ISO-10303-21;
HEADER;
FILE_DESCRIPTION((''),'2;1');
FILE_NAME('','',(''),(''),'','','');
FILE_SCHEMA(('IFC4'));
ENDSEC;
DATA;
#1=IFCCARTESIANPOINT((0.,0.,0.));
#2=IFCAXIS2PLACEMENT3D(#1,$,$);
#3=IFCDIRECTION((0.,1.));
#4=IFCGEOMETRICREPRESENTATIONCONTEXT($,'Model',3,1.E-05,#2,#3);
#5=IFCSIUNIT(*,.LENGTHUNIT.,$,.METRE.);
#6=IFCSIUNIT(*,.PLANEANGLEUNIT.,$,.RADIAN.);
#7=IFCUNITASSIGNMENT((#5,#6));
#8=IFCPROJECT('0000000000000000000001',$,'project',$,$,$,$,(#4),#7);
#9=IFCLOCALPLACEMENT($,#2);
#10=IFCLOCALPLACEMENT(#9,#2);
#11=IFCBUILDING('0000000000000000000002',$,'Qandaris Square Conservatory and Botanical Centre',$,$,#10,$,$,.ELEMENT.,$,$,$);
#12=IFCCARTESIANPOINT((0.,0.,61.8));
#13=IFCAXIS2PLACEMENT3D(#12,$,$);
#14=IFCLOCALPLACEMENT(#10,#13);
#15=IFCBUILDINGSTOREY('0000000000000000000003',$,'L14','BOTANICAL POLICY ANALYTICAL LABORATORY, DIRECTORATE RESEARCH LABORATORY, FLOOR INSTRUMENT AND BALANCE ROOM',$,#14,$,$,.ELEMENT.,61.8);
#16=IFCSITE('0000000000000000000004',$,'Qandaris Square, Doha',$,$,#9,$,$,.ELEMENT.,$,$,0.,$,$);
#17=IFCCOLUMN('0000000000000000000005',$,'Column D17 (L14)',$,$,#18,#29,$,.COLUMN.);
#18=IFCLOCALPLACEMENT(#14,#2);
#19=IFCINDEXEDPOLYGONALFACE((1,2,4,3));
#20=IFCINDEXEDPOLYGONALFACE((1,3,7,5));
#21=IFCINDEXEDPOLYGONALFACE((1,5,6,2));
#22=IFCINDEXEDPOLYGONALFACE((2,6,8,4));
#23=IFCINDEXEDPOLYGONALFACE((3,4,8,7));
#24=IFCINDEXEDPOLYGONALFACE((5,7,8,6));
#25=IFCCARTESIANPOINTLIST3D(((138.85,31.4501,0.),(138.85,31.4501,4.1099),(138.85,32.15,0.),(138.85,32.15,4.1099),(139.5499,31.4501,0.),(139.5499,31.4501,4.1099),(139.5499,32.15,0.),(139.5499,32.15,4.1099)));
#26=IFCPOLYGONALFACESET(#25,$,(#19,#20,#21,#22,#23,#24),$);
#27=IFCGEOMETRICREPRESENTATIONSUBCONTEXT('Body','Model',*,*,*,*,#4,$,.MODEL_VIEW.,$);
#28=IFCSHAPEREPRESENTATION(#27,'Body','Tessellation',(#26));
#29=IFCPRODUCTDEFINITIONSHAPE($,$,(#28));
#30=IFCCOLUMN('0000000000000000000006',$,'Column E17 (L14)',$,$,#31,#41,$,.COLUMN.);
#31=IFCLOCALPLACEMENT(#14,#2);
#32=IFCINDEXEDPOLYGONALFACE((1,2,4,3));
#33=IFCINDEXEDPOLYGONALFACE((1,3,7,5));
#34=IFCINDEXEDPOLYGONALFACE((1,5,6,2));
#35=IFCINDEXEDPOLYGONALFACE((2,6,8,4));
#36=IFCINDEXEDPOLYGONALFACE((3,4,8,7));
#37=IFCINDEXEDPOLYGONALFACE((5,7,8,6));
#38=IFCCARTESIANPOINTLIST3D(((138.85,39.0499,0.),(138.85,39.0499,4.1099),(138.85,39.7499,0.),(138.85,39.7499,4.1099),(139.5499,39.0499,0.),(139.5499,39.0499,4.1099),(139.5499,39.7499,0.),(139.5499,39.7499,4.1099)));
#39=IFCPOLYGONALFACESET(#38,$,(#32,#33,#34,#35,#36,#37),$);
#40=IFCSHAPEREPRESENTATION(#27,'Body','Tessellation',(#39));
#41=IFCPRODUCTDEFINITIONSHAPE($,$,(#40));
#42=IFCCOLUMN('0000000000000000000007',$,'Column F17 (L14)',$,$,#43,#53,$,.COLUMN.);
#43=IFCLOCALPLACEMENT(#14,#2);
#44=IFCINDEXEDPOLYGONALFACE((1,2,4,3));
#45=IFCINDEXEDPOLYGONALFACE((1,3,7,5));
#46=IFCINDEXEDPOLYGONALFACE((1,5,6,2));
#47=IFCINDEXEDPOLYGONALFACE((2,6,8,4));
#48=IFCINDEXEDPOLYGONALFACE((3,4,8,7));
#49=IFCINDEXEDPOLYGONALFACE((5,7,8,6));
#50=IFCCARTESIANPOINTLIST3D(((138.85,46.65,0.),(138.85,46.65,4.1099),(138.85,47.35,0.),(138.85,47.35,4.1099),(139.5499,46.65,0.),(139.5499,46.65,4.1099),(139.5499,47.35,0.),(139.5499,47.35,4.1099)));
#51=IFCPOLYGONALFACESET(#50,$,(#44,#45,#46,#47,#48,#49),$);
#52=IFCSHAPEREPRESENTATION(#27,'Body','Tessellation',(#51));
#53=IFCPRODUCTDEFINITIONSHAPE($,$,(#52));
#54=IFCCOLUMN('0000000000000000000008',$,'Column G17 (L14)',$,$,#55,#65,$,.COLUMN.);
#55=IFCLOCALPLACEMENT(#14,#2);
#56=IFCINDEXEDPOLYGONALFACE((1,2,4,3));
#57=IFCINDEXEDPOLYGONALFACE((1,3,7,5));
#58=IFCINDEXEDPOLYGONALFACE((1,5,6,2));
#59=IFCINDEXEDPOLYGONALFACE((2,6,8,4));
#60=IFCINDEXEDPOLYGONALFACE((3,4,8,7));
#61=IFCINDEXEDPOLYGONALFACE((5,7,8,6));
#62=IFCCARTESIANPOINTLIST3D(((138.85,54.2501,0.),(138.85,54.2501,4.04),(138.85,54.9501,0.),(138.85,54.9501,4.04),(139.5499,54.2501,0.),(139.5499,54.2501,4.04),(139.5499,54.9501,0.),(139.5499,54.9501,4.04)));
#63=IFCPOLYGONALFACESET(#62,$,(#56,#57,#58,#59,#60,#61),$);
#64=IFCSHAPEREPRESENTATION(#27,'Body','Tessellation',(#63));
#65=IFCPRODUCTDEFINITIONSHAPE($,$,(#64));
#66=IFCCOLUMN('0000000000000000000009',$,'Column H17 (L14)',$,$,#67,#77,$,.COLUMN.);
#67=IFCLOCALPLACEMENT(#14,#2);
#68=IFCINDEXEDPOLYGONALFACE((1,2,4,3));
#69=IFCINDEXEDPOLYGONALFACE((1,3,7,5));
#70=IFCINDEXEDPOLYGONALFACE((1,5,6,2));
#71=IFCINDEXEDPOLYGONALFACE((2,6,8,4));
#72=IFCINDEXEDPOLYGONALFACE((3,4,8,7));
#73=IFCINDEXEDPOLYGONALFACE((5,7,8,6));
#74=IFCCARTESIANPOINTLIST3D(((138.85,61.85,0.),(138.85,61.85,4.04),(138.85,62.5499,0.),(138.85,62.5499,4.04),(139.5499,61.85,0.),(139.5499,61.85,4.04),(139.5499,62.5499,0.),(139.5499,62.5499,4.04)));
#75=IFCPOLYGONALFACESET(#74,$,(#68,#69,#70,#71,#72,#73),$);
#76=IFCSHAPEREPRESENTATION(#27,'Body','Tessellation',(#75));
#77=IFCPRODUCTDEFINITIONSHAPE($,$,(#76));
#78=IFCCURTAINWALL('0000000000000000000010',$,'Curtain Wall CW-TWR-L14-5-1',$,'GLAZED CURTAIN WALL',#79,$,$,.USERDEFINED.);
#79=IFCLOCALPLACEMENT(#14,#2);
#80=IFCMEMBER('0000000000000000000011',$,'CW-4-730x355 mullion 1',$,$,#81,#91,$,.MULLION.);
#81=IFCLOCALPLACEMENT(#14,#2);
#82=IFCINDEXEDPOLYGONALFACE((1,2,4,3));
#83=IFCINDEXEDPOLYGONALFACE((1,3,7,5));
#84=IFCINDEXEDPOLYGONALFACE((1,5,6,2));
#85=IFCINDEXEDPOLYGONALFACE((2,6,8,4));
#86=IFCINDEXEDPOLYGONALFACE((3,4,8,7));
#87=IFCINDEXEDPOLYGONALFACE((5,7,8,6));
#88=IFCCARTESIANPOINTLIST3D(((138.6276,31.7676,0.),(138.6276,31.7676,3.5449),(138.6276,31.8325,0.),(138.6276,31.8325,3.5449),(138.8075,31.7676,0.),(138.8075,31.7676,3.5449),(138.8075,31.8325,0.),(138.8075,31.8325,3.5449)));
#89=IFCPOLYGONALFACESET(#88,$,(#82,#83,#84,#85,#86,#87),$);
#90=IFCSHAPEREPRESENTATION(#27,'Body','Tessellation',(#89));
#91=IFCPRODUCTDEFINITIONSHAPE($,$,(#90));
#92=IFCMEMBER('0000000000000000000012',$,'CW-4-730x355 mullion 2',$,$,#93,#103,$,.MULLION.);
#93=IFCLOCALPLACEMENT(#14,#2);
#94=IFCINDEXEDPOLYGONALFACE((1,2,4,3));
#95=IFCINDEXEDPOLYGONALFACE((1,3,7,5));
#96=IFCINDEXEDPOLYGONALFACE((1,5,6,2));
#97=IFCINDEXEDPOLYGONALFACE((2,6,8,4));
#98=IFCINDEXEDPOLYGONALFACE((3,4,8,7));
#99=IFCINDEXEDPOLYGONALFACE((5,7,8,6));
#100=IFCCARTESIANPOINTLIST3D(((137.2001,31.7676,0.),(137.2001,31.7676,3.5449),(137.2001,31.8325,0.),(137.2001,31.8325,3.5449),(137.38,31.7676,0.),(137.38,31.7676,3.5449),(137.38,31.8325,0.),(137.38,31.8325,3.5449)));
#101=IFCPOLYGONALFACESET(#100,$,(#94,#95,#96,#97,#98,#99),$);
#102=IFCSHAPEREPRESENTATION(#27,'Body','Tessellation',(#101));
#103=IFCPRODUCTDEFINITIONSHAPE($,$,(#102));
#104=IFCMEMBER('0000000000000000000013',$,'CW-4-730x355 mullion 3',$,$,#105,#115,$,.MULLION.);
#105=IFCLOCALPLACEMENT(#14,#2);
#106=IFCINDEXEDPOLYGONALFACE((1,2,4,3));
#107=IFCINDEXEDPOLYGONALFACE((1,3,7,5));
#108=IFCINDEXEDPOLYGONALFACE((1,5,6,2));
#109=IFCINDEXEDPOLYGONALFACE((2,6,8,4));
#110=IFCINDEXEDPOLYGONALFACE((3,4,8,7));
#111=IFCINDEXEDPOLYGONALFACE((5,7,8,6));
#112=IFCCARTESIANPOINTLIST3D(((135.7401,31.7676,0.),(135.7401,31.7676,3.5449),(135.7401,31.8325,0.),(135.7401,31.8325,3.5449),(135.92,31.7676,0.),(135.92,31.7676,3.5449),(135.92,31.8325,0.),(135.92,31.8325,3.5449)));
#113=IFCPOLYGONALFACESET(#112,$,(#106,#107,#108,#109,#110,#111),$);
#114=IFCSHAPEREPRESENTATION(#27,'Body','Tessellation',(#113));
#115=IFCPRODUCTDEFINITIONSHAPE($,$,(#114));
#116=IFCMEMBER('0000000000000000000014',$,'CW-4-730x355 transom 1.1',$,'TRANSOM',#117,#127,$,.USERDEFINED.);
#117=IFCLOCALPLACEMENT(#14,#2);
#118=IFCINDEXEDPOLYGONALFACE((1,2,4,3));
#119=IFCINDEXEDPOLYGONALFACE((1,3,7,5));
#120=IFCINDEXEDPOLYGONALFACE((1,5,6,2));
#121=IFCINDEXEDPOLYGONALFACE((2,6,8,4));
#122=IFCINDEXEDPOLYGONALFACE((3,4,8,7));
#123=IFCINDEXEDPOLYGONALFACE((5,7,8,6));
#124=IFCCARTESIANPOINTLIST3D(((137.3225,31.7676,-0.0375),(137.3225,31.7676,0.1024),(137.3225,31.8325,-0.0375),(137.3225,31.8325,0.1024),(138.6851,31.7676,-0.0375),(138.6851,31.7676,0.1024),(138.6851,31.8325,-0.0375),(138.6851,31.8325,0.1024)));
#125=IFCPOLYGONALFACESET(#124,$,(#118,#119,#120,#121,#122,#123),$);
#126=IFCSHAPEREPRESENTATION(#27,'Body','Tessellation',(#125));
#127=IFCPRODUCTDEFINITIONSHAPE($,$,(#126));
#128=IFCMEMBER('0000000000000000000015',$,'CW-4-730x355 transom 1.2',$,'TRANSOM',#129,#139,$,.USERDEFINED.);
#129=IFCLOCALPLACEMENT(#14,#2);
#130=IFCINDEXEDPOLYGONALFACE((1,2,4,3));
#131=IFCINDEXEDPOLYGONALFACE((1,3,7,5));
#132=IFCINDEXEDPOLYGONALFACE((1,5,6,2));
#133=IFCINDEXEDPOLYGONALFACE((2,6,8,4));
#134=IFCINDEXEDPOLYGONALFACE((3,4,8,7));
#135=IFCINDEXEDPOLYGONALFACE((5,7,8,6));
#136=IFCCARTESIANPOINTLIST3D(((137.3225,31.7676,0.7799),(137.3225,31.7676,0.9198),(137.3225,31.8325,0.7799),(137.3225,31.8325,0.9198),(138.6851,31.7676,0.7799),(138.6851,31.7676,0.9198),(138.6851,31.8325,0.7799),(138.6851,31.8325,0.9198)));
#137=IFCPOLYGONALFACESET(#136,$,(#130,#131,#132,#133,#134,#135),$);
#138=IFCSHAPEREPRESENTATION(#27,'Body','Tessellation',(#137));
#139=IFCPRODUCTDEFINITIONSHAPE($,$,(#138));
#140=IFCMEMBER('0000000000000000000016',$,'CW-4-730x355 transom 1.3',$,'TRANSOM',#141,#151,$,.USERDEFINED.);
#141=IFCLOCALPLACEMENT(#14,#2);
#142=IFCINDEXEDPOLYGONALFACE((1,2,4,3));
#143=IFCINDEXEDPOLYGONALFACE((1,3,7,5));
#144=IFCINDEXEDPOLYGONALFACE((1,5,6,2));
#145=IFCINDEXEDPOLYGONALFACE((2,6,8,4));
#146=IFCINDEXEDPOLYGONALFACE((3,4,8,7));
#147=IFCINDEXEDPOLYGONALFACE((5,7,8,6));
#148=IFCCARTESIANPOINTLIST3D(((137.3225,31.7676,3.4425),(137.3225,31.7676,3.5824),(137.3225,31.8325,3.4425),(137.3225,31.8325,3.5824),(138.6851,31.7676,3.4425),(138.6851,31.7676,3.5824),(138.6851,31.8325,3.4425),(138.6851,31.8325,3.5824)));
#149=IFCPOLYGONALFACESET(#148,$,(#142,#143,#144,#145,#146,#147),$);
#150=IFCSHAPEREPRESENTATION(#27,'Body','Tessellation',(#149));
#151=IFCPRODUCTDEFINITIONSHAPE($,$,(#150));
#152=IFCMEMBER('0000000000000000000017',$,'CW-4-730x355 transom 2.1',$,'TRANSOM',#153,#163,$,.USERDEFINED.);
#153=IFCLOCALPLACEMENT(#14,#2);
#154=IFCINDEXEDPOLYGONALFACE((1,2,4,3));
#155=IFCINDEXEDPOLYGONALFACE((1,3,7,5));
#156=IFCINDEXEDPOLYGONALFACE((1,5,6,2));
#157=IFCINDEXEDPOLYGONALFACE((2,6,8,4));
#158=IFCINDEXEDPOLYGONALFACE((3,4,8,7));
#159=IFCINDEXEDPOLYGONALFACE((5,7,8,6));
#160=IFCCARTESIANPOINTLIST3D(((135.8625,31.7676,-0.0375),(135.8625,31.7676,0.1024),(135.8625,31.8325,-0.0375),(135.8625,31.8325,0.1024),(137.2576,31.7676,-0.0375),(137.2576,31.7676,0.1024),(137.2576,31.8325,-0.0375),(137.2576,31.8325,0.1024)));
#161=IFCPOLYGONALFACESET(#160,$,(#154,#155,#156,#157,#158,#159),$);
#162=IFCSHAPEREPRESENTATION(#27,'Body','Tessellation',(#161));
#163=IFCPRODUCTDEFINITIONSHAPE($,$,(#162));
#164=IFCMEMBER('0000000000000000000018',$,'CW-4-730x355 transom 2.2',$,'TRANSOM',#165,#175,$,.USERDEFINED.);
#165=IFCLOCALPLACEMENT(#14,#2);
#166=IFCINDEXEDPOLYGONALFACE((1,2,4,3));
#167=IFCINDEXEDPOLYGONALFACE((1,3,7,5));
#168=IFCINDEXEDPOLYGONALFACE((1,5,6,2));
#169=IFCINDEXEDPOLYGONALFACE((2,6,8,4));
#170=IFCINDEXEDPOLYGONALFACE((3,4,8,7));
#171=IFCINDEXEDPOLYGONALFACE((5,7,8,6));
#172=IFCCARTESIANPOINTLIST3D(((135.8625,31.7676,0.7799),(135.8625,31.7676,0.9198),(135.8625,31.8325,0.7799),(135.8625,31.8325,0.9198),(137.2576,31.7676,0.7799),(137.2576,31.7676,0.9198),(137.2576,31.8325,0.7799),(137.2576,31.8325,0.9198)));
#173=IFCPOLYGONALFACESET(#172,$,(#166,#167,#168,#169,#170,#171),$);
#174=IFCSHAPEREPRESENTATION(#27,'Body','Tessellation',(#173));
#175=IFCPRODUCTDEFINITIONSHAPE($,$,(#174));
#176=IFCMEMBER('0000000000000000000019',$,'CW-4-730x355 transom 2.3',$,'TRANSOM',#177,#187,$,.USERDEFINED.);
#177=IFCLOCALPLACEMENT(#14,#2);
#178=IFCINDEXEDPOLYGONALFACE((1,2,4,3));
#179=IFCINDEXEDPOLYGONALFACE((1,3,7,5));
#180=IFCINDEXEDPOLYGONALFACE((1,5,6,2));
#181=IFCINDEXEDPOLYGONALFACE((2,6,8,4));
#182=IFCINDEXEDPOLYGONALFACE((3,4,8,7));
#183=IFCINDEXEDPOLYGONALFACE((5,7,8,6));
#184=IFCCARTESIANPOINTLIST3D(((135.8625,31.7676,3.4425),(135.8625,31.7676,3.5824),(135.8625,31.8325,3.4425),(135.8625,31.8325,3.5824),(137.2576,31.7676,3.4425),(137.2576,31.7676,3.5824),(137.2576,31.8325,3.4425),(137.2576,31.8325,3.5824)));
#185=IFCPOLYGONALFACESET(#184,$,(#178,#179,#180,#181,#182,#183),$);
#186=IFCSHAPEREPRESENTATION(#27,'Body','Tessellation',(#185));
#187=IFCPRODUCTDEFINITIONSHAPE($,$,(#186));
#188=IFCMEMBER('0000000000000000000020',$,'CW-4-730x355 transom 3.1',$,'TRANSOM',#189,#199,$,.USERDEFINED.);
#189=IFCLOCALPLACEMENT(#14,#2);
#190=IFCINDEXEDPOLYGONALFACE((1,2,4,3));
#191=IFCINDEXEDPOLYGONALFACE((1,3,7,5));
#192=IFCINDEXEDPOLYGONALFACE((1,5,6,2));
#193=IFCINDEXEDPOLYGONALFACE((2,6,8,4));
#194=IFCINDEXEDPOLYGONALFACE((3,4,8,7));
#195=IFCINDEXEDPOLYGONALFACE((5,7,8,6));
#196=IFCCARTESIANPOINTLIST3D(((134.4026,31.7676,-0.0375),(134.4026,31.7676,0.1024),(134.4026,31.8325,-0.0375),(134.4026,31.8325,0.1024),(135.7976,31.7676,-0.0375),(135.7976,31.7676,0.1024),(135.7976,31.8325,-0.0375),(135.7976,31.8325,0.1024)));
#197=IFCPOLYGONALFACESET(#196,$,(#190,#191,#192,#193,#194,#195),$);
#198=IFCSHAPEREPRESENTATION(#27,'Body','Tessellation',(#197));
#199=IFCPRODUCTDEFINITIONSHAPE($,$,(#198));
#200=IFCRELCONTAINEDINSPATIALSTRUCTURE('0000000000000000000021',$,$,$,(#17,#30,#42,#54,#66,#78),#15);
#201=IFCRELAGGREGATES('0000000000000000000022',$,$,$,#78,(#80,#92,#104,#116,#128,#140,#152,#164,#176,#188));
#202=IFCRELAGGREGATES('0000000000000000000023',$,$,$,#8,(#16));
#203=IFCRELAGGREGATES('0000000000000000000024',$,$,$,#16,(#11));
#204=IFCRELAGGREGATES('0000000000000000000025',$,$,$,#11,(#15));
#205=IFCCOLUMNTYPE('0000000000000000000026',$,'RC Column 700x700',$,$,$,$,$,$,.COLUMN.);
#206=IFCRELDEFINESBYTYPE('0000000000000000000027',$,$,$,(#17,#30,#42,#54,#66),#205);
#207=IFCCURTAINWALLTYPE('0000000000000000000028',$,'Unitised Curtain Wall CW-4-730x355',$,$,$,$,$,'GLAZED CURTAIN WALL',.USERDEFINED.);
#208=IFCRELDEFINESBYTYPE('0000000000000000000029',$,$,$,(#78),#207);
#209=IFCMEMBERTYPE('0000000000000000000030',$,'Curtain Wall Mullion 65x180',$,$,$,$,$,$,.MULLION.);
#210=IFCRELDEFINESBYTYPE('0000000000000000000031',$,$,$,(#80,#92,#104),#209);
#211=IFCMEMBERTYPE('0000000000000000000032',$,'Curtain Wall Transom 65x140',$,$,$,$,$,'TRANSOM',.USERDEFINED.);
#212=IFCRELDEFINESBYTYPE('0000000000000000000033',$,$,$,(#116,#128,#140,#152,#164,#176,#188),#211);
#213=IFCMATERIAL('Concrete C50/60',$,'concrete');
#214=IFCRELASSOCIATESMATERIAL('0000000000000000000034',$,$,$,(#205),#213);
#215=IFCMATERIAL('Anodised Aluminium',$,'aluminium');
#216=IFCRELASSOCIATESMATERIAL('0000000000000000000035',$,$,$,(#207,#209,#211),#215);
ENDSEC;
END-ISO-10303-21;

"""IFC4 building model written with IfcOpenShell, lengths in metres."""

from ifc_helpers import new_model, si_unit, direction, frame, origin, origin_2d, place, context, subcontext, project, spatial, rectangle, extrude, material, material_profile, profile_set, type_object, element, aggregate, save


model = new_model("IFC4")

# Units and contexts
model_context = context("Model", 3, precision=1e-05, world=origin(), true_north=direction((0.0, 1.0)))
body_context = subcontext(model_context, "Body", "Model", "MODEL_VIEW")
ifc_project = project(units=[si_unit("LENGTHUNIT", "METRE"), si_unit("PLANEANGLEUNIT", "RADIAN")], contexts=[model_context])

# Site, building, storey
site_placement = place(None, origin())
site = spatial("IfcSite", under=ifc_project, at=site_placement, Name="Qandaris Square, Doha", CompositionType="ELEMENT", RefElevation=0.0)
building_placement = place(site_placement, origin())
building = spatial("IfcBuilding", under=site, at=building_placement, Name="Qandaris Square Conservatory and Botanical Centre", CompositionType="ELEMENT")
storey_placement = place(building_placement, frame((0.0, 0.0, 61.8)))
storey = spatial("IfcBuildingStorey", under=building, at=storey_placement, Name="L14", Description="BOTANICAL POLICY ANALYTICAL LABORATORY, DIRECTORATE RESEARCH LABORATORY, FLOOR INSTRUMENT AND BALANCE ROOM", CompositionType="ELEMENT", Elevation=61.8)

# Columns
ifc_material_1 = material(Name="Concrete C50/60", Category="concrete")
ifc_material_profile_1 = material_profile(ifc_material_1, rectangle(XDim=0.7, YDim=0.7, at=origin_2d()), Name="RC-COL 700x700")
ifc_profile_set_1 = profile_set([ifc_material_profile_1], Name="Concrete C50/60")
column_type = type_object("IfcColumnType", Name="RC Column 700x700", PredefinedType="COLUMN", material=ifc_profile_set_1)
for number, where, z_axis, x_axis, name in (
    (1, (139.2, 31.8, 0.0), (0.0, 0.0, 1.0), (1.0, 0.0, 0.0), "Column D17 (L14)"),
    (2, (139.2, 39.3999, 0.0), (0.0, 0.0, 1.0), (1.0, 0.0, 0.0), "Column E17 (L14)"),
    (3, (139.2, 47.0, 0.0), (0.0, 0.0, 1.0), (1.0, 0.0, 0.0), "Column F17 (L14)"),
):
    element("IfcColumn", number, at=place(storey_placement, frame(where, z_axis=z_axis, x_axis=x_axis)), inside=storey, type_object=column_type, Name=name, PredefinedType="COLUMN", context=body_context, shape_type="SweptSolid", body=[
        extrude(rectangle(XDim=0.7, YDim=0.7, at=origin_2d()), origin(), (0.0, 0.0, 1.0), 4.1099),
    ])
for number, where, z_axis, x_axis, name in (
    (4, (139.2, 54.6001, 0.0), (0.0, 0.0, 1.0), (1.0, 0.0, 0.0), "Column G17 (L14)"),
    (5, (139.2, 62.2, 0.0), (0.0, 0.0, 1.0), (1.0, 0.0, 0.0), "Column H17 (L14)"),
):
    element("IfcColumn", number, at=place(storey_placement, frame(where, z_axis=z_axis, x_axis=x_axis)), inside=storey, type_object=column_type, Name=name, PredefinedType="COLUMN", context=body_context, shape_type="SweptSolid", body=[
        extrude(rectangle(XDim=0.7, YDim=0.7, at=origin_2d()), origin(), (0.0, 0.0, 1.0), 4.04),
    ])

# Curtain wall, members
ifc_material_2 = material(Name="Anodised Aluminium", Category="aluminium")
curtain_wall_type = type_object("IfcCurtainWallType", Name="Unitised Curtain Wall CW-4-730x355", ElementType="GLAZED CURTAIN WALL", PredefinedType="USERDEFINED", material=ifc_material_2)
curtain_wall_placement = place(storey_placement, origin())
curtain_wall = element("IfcCurtainWall", 6, at=curtain_wall_placement, inside=storey, type_object=curtain_wall_type, Name="Curtain Wall CW-TWR-L14-5-1", ObjectType="GLAZED CURTAIN WALL", PredefinedType="USERDEFINED")
ifc_material_profile_2 = material_profile(ifc_material_2, rectangle(XDim=0.0649, YDim=0.1799, at=origin_2d()), Name="ALU-MUL 65x180")
ifc_profile_set_2 = profile_set([ifc_material_profile_2], Name="Anodised Aluminium")
member_type_1 = type_object("IfcMemberType", Name="Curtain Wall Mullion 65x180", PredefinedType="MULLION", material=ifc_profile_set_2)
member_1_placement = place(storey_placement, frame((138.7175, 31.8, 0.0), z_axis=(0.0, 0.0, 1.0), x_axis=(0.0, -1.0, 0.0)))
member_1 = element("IfcMember", 7, at=member_1_placement, type_object=member_type_1, Name="CW-4-730x355 mullion 1", PredefinedType="MULLION", context=body_context, shape_type="SweptSolid", body=[
    extrude(rectangle(XDim=0.0649, YDim=0.1799, at=origin_2d()), origin(), (0.0, 0.0, 1.0), 3.5449),
])
member_2_placement = place(storey_placement, frame((137.29, 31.8, 0.0), z_axis=(0.0, 0.0, 1.0), x_axis=(0.0, -1.0, 0.0)))
member_2 = element("IfcMember", 8, at=member_2_placement, type_object=member_type_1, Name="CW-4-730x355 mullion 2", PredefinedType="MULLION", context=body_context, shape_type="SweptSolid", body=[
    extrude(rectangle(XDim=0.0649, YDim=0.1799, at=origin_2d()), origin(), (0.0, 0.0, 1.0), 3.5449),
])
member_3_placement = place(storey_placement, frame((135.8301, 31.8, 0.0), z_axis=(0.0, 0.0, 1.0), x_axis=(0.0, -1.0, 0.0)))
member_3 = element("IfcMember", 9, at=member_3_placement, type_object=member_type_1, Name="CW-4-730x355 mullion 3", PredefinedType="MULLION", context=body_context, shape_type="SweptSolid", body=[
    extrude(rectangle(XDim=0.0649, YDim=0.1799, at=origin_2d()), origin(), (0.0, 0.0, 1.0), 3.5449),
])
ifc_material_profile_3 = material_profile(ifc_material_2, rectangle(XDim=0.0649, YDim=0.1399, at=origin_2d()), Name="ALU-TRN 65x140")
ifc_profile_set_3 = profile_set([ifc_material_profile_3], Name="Anodised Aluminium")
member_type_2 = type_object("IfcMemberType", Name="Curtain Wall Transom 65x140", ElementType="TRANSOM", PredefinedType="USERDEFINED", material=ifc_profile_set_3)
member_4_placement = place(storey_placement, frame((138.6851, 31.8, 0.0325), z_axis=(-1.0, 0.0, 0.0), x_axis=(0.0, -1.0, 0.0)))
member_4 = element("IfcMember", 10, at=member_4_placement, type_object=member_type_2, Name="CW-4-730x355 transom 1.1", ObjectType="TRANSOM", PredefinedType="USERDEFINED", context=body_context, shape_type="SweptSolid", body=[
    extrude(rectangle(XDim=0.0649, YDim=0.1399, at=origin_2d()), origin(), (0.0, 0.0, 1.0), 1.3625),
])
member_5_placement = place(storey_placement, frame((138.6851, 31.8, 0.8499), z_axis=(-1.0, 0.0, 0.0), x_axis=(0.0, -1.0, 0.0)))
member_5 = element("IfcMember", 11, at=member_5_placement, type_object=member_type_2, Name="CW-4-730x355 transom 1.2", ObjectType="TRANSOM", PredefinedType="USERDEFINED", context=body_context, shape_type="SweptSolid", body=[
    extrude(rectangle(XDim=0.0649, YDim=0.1399, at=origin_2d()), origin(), (0.0, 0.0, 1.0), 1.3625),
])
member_6_placement = place(storey_placement, frame((138.6851, 31.8, 3.5125), z_axis=(-1.0, 0.0, 0.0), x_axis=(0.0, -1.0, 0.0)))
member_6 = element("IfcMember", 12, at=member_6_placement, type_object=member_type_2, Name="CW-4-730x355 transom 1.3", ObjectType="TRANSOM", PredefinedType="USERDEFINED", context=body_context, shape_type="SweptSolid", body=[
    extrude(rectangle(XDim=0.0649, YDim=0.1399, at=origin_2d()), origin(), (0.0, 0.0, 1.0), 1.3625),
])
member_7_placement = place(storey_placement, frame((137.2576, 31.8, 0.0325), z_axis=(-1.0, 0.0, 0.0), x_axis=(0.0, -1.0, 0.0)))
member_7 = element("IfcMember", 13, at=member_7_placement, type_object=member_type_2, Name="CW-4-730x355 transom 2.1", ObjectType="TRANSOM", PredefinedType="USERDEFINED", context=body_context, shape_type="SweptSolid", body=[
    extrude(rectangle(XDim=0.0649, YDim=0.1399, at=origin_2d()), origin(), (0.0, 0.0, 1.0), 1.395),
])
member_8_placement = place(storey_placement, frame((137.2576, 31.8, 0.8499), z_axis=(-1.0, 0.0, 0.0), x_axis=(0.0, -1.0, 0.0)))
member_8 = element("IfcMember", 14, at=member_8_placement, type_object=member_type_2, Name="CW-4-730x355 transom 2.2", ObjectType="TRANSOM", PredefinedType="USERDEFINED", context=body_context, shape_type="SweptSolid", body=[
    extrude(rectangle(XDim=0.0649, YDim=0.1399, at=origin_2d()), origin(), (0.0, 0.0, 1.0), 1.395),
])
member_9_placement = place(storey_placement, frame((137.2576, 31.8, 3.5125), z_axis=(-1.0, 0.0, 0.0), x_axis=(0.0, -1.0, 0.0)))
member_9 = element("IfcMember", 15, at=member_9_placement, type_object=member_type_2, Name="CW-4-730x355 transom 2.3", ObjectType="TRANSOM", PredefinedType="USERDEFINED", context=body_context, shape_type="SweptSolid", body=[
    extrude(rectangle(XDim=0.0649, YDim=0.1399, at=origin_2d()), origin(), (0.0, 0.0, 1.0), 1.395),
])
member_10_placement = place(storey_placement, frame((135.7976, 31.8, 0.0325), z_axis=(-1.0, 0.0, 0.0), x_axis=(0.0, -1.0, 0.0)))
member_10 = element("IfcMember", 16, at=member_10_placement, type_object=member_type_2, Name="CW-4-730x355 transom 3.1", ObjectType="TRANSOM", PredefinedType="USERDEFINED", context=body_context, shape_type="SweptSolid", body=[
    extrude(rectangle(XDim=0.0649, YDim=0.1399, at=origin_2d()), origin(), (0.0, 0.0, 1.0), 1.395),
])
aggregate(curtain_wall, [member_1, member_2, member_3, member_4, member_5, member_6, member_7, member_8, member_9, member_10])

save(model, "model.ifc")
